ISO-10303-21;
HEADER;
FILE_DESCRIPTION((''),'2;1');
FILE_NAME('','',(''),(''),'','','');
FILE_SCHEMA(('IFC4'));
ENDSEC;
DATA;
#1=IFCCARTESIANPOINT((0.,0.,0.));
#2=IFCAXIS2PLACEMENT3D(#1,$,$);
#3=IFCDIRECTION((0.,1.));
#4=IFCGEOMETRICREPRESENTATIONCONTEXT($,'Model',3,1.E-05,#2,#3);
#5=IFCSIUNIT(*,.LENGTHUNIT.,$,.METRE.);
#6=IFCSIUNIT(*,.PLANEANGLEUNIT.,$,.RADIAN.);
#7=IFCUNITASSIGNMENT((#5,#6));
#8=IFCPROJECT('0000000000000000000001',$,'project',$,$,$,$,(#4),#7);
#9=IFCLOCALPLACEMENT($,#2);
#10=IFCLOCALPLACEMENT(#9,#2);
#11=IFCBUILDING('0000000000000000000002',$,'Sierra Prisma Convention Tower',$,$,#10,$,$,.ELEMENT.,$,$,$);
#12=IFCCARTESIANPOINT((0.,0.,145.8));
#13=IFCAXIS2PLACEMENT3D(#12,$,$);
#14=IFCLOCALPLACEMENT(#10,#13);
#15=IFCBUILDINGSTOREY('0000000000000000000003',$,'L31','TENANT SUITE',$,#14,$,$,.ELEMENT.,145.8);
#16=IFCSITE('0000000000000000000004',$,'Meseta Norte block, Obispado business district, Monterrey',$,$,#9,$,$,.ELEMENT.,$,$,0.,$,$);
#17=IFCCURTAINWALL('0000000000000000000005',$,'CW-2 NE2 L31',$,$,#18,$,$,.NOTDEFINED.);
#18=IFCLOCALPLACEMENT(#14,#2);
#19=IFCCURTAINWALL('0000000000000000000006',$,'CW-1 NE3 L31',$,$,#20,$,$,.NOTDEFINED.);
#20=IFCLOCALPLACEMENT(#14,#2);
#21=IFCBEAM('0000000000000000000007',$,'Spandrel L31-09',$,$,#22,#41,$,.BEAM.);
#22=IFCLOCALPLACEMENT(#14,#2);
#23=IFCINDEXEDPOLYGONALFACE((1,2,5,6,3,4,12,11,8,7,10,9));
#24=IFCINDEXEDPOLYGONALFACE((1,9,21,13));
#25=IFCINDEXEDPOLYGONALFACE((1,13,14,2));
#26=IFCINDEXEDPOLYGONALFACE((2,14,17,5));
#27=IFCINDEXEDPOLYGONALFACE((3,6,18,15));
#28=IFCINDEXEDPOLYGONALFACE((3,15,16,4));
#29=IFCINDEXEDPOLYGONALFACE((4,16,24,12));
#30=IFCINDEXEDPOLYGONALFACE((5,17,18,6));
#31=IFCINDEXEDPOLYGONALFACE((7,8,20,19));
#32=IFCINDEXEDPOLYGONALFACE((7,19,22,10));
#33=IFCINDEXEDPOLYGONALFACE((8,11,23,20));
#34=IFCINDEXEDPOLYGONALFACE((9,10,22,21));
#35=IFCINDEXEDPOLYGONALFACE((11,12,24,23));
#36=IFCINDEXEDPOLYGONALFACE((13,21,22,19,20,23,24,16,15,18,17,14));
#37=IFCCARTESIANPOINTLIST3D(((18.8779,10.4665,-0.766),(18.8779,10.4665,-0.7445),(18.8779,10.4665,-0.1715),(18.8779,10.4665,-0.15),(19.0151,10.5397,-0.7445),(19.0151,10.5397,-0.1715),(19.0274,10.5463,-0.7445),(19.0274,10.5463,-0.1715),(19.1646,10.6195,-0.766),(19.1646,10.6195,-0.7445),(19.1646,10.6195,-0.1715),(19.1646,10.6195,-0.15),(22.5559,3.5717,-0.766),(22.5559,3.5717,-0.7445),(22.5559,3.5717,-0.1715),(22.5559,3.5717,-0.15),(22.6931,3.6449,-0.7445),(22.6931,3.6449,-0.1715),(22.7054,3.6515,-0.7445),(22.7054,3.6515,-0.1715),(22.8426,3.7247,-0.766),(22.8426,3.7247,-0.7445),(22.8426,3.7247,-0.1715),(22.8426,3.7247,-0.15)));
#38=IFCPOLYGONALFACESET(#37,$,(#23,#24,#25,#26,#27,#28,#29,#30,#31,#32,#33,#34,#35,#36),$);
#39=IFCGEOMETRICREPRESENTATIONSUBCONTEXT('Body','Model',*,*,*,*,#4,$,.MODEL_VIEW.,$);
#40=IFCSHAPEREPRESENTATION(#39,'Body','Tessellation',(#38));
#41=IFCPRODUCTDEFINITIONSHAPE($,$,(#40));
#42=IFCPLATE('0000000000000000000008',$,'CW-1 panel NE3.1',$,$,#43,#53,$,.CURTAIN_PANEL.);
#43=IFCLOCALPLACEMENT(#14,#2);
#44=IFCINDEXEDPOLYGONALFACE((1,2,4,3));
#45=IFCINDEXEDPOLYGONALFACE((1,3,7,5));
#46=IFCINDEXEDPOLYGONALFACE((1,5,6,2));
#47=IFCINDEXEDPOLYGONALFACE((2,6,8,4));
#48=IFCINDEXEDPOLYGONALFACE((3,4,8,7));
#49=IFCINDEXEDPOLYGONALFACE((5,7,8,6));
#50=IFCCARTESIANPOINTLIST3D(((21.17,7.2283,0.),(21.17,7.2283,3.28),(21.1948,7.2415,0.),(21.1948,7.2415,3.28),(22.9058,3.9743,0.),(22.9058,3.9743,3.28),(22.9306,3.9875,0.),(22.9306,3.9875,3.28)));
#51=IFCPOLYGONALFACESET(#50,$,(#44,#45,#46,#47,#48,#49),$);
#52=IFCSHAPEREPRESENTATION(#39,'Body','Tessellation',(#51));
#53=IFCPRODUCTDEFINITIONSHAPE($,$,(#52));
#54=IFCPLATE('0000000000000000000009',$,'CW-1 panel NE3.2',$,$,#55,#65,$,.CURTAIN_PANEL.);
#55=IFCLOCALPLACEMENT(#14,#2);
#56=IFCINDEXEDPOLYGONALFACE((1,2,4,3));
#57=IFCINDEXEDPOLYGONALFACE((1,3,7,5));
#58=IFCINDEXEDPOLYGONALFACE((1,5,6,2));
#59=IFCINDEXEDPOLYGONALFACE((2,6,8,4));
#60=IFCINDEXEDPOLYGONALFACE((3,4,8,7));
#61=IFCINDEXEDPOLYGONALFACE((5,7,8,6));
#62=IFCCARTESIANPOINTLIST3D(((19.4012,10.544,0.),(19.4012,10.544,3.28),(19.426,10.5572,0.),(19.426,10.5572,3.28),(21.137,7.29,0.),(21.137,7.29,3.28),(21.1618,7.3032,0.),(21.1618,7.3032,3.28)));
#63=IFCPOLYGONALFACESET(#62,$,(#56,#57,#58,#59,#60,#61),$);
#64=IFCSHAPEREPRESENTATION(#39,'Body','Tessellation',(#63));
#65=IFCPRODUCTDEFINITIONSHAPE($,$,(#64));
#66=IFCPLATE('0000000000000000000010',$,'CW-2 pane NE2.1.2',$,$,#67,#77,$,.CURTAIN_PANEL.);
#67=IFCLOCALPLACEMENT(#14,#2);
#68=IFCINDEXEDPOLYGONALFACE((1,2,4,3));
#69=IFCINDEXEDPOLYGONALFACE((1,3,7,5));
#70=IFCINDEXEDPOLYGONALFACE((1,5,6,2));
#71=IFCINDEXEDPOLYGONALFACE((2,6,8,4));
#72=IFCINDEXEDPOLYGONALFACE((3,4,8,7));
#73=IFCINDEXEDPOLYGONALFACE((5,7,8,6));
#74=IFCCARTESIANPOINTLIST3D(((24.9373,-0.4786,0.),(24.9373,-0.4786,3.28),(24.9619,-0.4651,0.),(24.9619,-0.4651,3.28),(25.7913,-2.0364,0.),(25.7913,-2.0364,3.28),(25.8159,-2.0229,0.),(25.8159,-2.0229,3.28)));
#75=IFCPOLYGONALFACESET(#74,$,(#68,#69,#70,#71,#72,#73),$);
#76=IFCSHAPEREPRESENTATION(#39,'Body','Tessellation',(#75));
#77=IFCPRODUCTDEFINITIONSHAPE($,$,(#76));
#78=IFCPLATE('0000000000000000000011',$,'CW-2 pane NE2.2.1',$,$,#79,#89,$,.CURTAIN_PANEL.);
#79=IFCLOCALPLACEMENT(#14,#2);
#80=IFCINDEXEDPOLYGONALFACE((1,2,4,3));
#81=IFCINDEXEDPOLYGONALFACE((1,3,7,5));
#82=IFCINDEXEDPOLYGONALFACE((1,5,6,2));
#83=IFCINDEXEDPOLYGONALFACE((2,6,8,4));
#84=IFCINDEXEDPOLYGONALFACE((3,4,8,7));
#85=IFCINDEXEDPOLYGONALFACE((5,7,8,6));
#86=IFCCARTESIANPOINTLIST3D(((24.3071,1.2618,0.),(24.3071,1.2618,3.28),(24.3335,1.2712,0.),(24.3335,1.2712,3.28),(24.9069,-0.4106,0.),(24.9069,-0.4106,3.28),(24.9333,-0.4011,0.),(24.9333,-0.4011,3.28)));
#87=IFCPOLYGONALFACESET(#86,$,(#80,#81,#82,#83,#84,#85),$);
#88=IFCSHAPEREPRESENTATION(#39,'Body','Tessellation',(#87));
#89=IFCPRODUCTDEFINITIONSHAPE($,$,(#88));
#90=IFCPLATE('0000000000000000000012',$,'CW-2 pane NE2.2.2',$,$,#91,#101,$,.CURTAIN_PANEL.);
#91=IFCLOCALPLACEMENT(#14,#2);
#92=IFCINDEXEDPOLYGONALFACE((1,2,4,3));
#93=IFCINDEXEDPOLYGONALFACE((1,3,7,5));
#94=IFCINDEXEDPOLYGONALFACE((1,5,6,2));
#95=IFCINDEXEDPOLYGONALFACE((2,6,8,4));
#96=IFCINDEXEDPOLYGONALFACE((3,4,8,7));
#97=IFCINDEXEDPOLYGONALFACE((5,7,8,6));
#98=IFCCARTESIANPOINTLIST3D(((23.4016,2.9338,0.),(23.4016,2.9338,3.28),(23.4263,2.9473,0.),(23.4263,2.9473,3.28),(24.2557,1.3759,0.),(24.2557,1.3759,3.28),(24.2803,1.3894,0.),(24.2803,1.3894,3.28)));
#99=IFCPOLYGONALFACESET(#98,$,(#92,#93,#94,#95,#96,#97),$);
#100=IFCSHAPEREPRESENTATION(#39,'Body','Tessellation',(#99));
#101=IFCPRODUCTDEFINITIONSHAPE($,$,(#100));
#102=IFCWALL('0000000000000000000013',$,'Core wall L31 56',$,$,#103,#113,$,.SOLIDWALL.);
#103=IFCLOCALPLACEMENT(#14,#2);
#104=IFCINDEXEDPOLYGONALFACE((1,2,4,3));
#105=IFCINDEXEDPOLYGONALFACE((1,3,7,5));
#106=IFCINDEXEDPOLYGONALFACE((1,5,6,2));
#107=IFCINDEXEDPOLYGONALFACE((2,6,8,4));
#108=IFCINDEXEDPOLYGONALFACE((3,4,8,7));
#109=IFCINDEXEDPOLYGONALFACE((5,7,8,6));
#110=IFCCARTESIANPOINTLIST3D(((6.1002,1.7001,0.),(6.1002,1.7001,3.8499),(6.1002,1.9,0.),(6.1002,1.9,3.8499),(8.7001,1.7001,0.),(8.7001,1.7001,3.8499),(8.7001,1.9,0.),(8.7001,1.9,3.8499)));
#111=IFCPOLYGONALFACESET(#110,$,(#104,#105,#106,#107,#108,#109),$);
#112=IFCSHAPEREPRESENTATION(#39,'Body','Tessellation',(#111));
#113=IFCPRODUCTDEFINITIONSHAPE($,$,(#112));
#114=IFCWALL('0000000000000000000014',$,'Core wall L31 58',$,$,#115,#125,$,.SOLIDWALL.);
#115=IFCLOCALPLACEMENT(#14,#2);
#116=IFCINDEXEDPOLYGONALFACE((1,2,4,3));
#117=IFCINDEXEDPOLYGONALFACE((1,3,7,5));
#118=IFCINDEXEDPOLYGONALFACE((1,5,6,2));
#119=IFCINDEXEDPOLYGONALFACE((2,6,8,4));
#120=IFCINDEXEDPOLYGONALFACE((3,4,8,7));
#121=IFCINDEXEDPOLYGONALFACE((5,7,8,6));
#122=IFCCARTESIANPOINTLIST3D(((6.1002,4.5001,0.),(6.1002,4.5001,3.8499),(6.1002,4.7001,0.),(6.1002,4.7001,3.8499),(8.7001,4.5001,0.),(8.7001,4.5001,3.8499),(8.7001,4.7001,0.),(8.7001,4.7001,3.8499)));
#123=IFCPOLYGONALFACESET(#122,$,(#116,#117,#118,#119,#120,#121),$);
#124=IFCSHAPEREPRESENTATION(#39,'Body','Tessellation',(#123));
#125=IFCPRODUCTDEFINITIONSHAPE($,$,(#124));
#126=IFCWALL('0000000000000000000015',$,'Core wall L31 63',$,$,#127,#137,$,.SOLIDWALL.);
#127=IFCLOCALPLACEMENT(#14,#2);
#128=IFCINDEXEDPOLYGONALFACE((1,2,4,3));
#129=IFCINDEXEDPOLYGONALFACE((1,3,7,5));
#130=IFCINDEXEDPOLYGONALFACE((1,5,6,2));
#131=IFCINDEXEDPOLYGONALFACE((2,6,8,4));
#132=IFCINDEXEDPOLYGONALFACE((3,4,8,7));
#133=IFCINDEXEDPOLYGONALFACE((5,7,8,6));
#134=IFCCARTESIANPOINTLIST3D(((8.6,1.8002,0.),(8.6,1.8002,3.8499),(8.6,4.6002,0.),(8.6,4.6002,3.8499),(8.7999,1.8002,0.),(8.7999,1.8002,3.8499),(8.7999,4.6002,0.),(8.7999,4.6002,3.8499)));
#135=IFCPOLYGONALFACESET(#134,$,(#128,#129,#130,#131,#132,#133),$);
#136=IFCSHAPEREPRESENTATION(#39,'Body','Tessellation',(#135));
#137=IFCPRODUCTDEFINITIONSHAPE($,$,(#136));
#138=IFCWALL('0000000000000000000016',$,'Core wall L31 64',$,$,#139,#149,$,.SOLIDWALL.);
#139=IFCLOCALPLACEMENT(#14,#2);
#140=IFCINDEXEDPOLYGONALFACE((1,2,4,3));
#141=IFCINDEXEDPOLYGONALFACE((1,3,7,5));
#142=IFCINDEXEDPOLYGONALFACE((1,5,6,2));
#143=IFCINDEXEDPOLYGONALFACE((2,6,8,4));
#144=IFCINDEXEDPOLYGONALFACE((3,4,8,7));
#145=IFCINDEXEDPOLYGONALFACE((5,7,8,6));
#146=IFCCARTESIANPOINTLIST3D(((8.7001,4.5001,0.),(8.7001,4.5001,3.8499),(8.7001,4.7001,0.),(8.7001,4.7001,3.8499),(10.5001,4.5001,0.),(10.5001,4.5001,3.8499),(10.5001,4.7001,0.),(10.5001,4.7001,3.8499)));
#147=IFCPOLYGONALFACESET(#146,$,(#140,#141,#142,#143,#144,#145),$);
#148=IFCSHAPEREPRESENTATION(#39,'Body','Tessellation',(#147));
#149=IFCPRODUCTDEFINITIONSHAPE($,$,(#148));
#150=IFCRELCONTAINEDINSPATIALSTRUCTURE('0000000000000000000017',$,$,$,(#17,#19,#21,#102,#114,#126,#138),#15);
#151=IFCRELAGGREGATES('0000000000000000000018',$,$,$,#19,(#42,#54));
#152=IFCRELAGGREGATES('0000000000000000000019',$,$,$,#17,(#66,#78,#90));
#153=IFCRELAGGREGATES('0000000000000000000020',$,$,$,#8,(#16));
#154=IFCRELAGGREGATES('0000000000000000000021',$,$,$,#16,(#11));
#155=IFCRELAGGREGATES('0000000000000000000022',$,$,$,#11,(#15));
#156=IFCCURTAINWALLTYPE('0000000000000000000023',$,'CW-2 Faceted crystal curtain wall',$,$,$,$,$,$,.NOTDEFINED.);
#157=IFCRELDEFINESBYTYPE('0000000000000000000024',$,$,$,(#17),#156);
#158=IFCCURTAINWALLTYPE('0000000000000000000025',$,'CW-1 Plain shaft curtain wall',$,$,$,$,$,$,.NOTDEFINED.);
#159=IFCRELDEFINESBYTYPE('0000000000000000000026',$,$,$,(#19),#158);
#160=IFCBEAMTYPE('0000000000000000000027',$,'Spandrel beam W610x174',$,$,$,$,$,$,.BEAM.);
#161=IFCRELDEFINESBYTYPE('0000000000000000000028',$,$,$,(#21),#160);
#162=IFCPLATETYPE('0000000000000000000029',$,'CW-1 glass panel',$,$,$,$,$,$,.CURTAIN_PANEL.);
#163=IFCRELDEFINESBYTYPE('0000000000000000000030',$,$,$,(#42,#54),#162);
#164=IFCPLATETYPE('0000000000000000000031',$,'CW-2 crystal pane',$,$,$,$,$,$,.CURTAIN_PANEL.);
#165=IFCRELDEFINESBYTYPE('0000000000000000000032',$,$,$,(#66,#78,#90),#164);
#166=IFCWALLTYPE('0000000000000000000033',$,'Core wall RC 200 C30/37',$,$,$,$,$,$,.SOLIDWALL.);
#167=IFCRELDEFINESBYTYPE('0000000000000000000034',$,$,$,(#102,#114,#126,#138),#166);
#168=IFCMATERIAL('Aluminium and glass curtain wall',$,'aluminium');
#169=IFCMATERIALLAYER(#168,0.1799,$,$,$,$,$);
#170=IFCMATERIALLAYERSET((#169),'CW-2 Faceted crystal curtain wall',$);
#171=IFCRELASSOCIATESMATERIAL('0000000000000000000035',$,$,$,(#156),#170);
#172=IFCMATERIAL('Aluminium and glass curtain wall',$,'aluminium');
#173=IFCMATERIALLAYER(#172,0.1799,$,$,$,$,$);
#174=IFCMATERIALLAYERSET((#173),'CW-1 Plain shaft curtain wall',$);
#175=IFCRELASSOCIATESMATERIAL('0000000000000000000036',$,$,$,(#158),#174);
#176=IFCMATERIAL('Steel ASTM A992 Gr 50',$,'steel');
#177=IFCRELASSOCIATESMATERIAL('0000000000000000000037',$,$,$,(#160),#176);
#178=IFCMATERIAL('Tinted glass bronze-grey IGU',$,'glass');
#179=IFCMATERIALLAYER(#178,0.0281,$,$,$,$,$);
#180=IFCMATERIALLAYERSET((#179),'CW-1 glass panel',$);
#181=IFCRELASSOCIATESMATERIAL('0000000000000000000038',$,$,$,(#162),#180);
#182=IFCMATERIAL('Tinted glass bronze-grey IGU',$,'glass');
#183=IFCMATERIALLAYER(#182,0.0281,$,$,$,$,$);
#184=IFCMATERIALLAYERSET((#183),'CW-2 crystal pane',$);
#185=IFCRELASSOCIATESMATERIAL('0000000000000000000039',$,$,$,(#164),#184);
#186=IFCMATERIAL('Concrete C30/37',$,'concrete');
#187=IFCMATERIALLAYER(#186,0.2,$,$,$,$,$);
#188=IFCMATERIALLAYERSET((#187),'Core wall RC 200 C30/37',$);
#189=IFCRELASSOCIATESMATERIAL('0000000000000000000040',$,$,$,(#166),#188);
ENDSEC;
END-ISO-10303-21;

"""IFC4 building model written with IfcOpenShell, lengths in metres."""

from ifc_helpers import new_model, si_unit, direction, frame, frame_2d, origin, origin_2d, place, context, subcontext, project, spatial, polyline, rectangle, i_section, outline, extrude, material, layer, layer_set, material_profile, profile_set, type_object, element, aggregate, save


model = new_model("IFC4")

# Units and contexts
model_context = context("Model", 3, precision=1e-05, world=origin(), true_north=direction((0.0, 1.0)))
body_context = subcontext(model_context, "Body", "Model", "MODEL_VIEW")
ifc_project = project(units=[si_unit("LENGTHUNIT", "METRE"), si_unit("PLANEANGLEUNIT", "RADIAN")], contexts=[model_context])

# Site, building, storey
site_placement = place(None, origin())
site = spatial("IfcSite", under=ifc_project, at=site_placement, Name="Meseta Norte block, Obispado business district, Monterrey", CompositionType="ELEMENT", RefElevation=0.0)
building_placement = place(site_placement, origin())
building = spatial("IfcBuilding", under=site, at=building_placement, Name="Sierra Prisma Convention Tower", CompositionType="ELEMENT")
storey_placement = place(building_placement, frame((0.0, 0.0, 145.8)))
storey = spatial("IfcBuildingStorey", under=building, at=storey_placement, Name="L31", Description="TENANT SUITE", CompositionType="ELEMENT", Elevation=145.8)

# Curtain walls
ifc_material_1 = material(Name="Aluminium and glass curtain wall", Category="aluminium")
ifc_layer_1 = layer(ifc_material_1, 0.1799)
ifc_layer_set_1 = layer_set([ifc_layer_1], Name="CW-2 Faceted crystal curtain wall")
curtain_wall_type_1 = type_object("IfcCurtainWallType", Name="CW-2 Faceted crystal curtain wall", PredefinedType="NOTDEFINED", material=ifc_layer_set_1)
curtain_wall_1_placement = place(storey_placement, origin())
curtain_wall_1 = element("IfcCurtainWall", 1, at=curtain_wall_1_placement, inside=storey, type_object=curtain_wall_type_1, Name="CW-2 NE2 L31", PredefinedType="NOTDEFINED")
ifc_material_2 = material(Name="Aluminium and glass curtain wall", Category="aluminium")
ifc_layer_2 = layer(ifc_material_2, 0.1799)
ifc_layer_set_2 = layer_set([ifc_layer_2], Name="CW-1 Plain shaft curtain wall")
curtain_wall_type_2 = type_object("IfcCurtainWallType", Name="CW-1 Plain shaft curtain wall", PredefinedType="NOTDEFINED", material=ifc_layer_set_2)
curtain_wall_2_placement = place(storey_placement, origin())
curtain_wall_2 = element("IfcCurtainWall", 2, at=curtain_wall_2_placement, inside=storey, type_object=curtain_wall_type_2, Name="CW-1 NE3 L31", PredefinedType="NOTDEFINED")

# Beam
ifc_material_3 = material(Name="Steel ASTM A992 Gr 50", Category="steel")
ifc_material_profile_1 = material_profile(ifc_material_3, i_section(OverallWidth=0.325, OverallDepth=0.616, WebThickness=0.0139, FlangeThickness=0.0215, at=origin_2d()), Name="W610x174")
ifc_profile_set_1 = profile_set([ifc_material_profile_1], Name="Steel ASTM A992 Gr 50")
beam_type_1 = type_object("IfcBeamType", Name="Spandrel beam W610x174", PredefinedType="BEAM", material=ifc_profile_set_1)
beam_1_placement = place(storey_placement, frame((22.6992, 3.6482, -0.458), z_axis=(-0.470664, 0.882312, 0.0), x_axis=(-0.882312, -0.470664, 0.0)))
element("IfcBeam", 3, at=beam_1_placement, inside=storey, type_object=beam_type_1, Name="Spandrel L31-09", PredefinedType="BEAM", context=body_context, shape_type="SweptSolid", body=[
    extrude(i_section(OverallWidth=0.325, OverallDepth=0.616, WebThickness=0.0139, FlangeThickness=0.0215, at=origin_2d()), origin(), (0.0, 0.0, 1.0), 7.8145),
])

# Plates
ifc_material_4 = material(Name="Tinted glass bronze-grey IGU", Category="glass")
ifc_layer_3 = layer(ifc_material_4, 0.0281)
ifc_layer_set_3 = layer_set([ifc_layer_3], Name="CW-1 glass panel")
plate_type_1 = type_object("IfcPlateType", Name="CW-1 glass panel", PredefinedType="CURTAIN_PANEL", material=ifc_layer_set_3)
plate_1_placement = place(storey_placement, frame((22.0503, 5.6079, 0.0), z_axis=(0.0, 0.0, 1.0), x_axis=(-0.470658, 0.882316, 0.0)))
plate_1 = element("IfcPlate", 4, at=plate_1_placement, type_object=plate_type_1, Name="CW-1 panel NE3.1", PredefinedType="CURTAIN_PANEL", context=body_context, shape_type="SweptSolid", body=[
    extrude(rectangle(XDim=3.688, YDim=0.0281, at=origin_2d()), origin(), (0.0, 0.0, 1.0), 3.28),
])
plate_2_placement = place(storey_placement, frame((20.2815, 8.9236, 0.0), z_axis=(0.0, 0.0, 1.0), x_axis=(-0.470658, 0.882316, 0.0)))
plate_2 = element("IfcPlate", 5, at=plate_2_placement, type_object=plate_type_1, Name="CW-1 panel NE3.2", PredefinedType="CURTAIN_PANEL", context=body_context, shape_type="SweptSolid", body=[
    extrude(rectangle(XDim=3.688, YDim=0.0281, at=origin_2d()), origin(), (0.0, 0.0, 1.0), 3.28),
])
aggregate(curtain_wall_2, [plate_1, plate_2])
ifc_material_5 = material(Name="Tinted glass bronze-grey IGU", Category="glass")
ifc_layer_4 = layer(ifc_material_5, 0.0281)
ifc_layer_set_4 = layer_set([ifc_layer_4], Name="CW-2 crystal pane")
plate_type_2 = type_object("IfcPlateType", Name="CW-2 crystal pane", PredefinedType="CURTAIN_PANEL", material=ifc_layer_set_4)
plate_3_placement = place(storey_placement, frame((24.9619, -0.4651, 0.0), z_axis=(0.876885, 0.4807, 0.0), x_axis=(0.4807, -0.876885, 0.0)))
plate_3 = element("IfcPlate", 6, at=plate_3_placement, type_object=plate_type_2, Name="CW-2 pane NE2.1.2", PredefinedType="CURTAIN_PANEL", context=body_context, shape_type="SweptSolid", body=[
    extrude(outline(polyline([(0.0, 0.0), (1.7766, 0.0), (1.7766, -3.28), (0.0, -3.28), (0.0, 0.0)])), origin(), (0.0, 0.0, -1.0), 0.0281),
])
plate_4_placement = place(storey_placement, frame((24.9333, -0.4011, 0.0), z_axis=(0.941281, 0.337624, 0.0), x_axis=(-0.337624, 0.941281, 0.0)))
plate_4 = element("IfcPlate", 7, at=plate_4_placement, type_object=plate_type_2, Name="CW-2 pane NE2.2.1", PredefinedType="CURTAIN_PANEL", context=body_context, shape_type="SweptSolid", body=[
    extrude(outline(polyline([(0.0, 0.0), (1.7767, 0.0), (1.7767, 3.28), (0.0, 3.28), (0.0, 0.0)])), origin(), (0.0, 0.0, -1.0), 0.0281),
])
plate_5_placement = place(storey_placement, frame((23.4263, 2.9473, 0.0), z_axis=(0.876885, 0.4807, 0.0), x_axis=(0.4807, -0.876885, 0.0)))
plate_5 = element("IfcPlate", 8, at=plate_5_placement, type_object=plate_type_2, Name="CW-2 pane NE2.2.2", PredefinedType="CURTAIN_PANEL", context=body_context, shape_type="SweptSolid", body=[
    extrude(outline(polyline([(0.0, 0.0), (1.7766, 0.0), (1.7766, -3.28), (0.0, -3.28), (0.0, 0.0)])), origin(), (0.0, 0.0, -1.0), 0.0281),
])
aggregate(curtain_wall_1, [plate_3, plate_4, plate_5])

# Walls
ifc_material_6 = material(Name="Concrete C30/37", Category="concrete")
ifc_layer_5 = layer(ifc_material_6, 0.2)
ifc_layer_set_5 = layer_set([ifc_layer_5], Name="Core wall RC 200 C30/37")
wall_type_1 = type_object("IfcWallType", Name="Core wall RC 200 C30/37", PredefinedType="SOLIDWALL", material=ifc_layer_set_5)
for number, where, z_axis, x_axis, name in (
    (9, (8.7, 1.8, 0.0), (0.0, 0.0, 1.0), (-1.0, 0.0, 0.0), "Core wall L31 56"),
    (10, (8.7, 4.6001, 0.0), (0.0, 0.0, 1.0), (-1.0, 0.0, 0.0), "Core wall L31 58"),
):
    element("IfcWall", number, at=place(storey_placement, frame(where, z_axis=z_axis, x_axis=x_axis)), inside=storey, type_object=wall_type_1, Name=name, PredefinedType="SOLIDWALL", context=body_context, shape_type="SweptSolid", body=[
        extrude(rectangle(XDim=2.5999, YDim=0.2, at=frame_2d((1.2998, 0.0))), origin(), (0.0, 0.0, 1.0), 3.8499),
    ])

# Walls
wall_1_placement = place(storey_placement, frame((8.7, 4.6001, 0.0), z_axis=(0.0, 0.0, 1.0), x_axis=(0.0, -1.0, 0.0)))
element("IfcWall", 11, at=wall_1_placement, inside=storey, type_object=wall_type_1, Name="Core wall L31 63", PredefinedType="SOLIDWALL", context=body_context, shape_type="SweptSolid", body=[
    extrude(rectangle(XDim=2.8, YDim=0.2, at=frame_2d((1.3999, 0.0))), origin(), (0.0, 0.0, 1.0), 3.8499),
])
wall_2_placement = place(storey_placement, frame((10.5, 4.6001, 0.0), z_axis=(0.0, 0.0, 1.0), x_axis=(-1.0, 0.0, 0.0)))
element("IfcWall", 12, at=wall_2_placement, inside=storey, type_object=wall_type_1, Name="Core wall L31 64", PredefinedType="SOLIDWALL", context=body_context, shape_type="SweptSolid", body=[
    extrude(rectangle(XDim=1.8, YDim=0.2, at=frame_2d((0.8999, 0.0))), origin(), (0.0, 0.0, 1.0), 3.8499),
])

save(model, "model.ifc")
